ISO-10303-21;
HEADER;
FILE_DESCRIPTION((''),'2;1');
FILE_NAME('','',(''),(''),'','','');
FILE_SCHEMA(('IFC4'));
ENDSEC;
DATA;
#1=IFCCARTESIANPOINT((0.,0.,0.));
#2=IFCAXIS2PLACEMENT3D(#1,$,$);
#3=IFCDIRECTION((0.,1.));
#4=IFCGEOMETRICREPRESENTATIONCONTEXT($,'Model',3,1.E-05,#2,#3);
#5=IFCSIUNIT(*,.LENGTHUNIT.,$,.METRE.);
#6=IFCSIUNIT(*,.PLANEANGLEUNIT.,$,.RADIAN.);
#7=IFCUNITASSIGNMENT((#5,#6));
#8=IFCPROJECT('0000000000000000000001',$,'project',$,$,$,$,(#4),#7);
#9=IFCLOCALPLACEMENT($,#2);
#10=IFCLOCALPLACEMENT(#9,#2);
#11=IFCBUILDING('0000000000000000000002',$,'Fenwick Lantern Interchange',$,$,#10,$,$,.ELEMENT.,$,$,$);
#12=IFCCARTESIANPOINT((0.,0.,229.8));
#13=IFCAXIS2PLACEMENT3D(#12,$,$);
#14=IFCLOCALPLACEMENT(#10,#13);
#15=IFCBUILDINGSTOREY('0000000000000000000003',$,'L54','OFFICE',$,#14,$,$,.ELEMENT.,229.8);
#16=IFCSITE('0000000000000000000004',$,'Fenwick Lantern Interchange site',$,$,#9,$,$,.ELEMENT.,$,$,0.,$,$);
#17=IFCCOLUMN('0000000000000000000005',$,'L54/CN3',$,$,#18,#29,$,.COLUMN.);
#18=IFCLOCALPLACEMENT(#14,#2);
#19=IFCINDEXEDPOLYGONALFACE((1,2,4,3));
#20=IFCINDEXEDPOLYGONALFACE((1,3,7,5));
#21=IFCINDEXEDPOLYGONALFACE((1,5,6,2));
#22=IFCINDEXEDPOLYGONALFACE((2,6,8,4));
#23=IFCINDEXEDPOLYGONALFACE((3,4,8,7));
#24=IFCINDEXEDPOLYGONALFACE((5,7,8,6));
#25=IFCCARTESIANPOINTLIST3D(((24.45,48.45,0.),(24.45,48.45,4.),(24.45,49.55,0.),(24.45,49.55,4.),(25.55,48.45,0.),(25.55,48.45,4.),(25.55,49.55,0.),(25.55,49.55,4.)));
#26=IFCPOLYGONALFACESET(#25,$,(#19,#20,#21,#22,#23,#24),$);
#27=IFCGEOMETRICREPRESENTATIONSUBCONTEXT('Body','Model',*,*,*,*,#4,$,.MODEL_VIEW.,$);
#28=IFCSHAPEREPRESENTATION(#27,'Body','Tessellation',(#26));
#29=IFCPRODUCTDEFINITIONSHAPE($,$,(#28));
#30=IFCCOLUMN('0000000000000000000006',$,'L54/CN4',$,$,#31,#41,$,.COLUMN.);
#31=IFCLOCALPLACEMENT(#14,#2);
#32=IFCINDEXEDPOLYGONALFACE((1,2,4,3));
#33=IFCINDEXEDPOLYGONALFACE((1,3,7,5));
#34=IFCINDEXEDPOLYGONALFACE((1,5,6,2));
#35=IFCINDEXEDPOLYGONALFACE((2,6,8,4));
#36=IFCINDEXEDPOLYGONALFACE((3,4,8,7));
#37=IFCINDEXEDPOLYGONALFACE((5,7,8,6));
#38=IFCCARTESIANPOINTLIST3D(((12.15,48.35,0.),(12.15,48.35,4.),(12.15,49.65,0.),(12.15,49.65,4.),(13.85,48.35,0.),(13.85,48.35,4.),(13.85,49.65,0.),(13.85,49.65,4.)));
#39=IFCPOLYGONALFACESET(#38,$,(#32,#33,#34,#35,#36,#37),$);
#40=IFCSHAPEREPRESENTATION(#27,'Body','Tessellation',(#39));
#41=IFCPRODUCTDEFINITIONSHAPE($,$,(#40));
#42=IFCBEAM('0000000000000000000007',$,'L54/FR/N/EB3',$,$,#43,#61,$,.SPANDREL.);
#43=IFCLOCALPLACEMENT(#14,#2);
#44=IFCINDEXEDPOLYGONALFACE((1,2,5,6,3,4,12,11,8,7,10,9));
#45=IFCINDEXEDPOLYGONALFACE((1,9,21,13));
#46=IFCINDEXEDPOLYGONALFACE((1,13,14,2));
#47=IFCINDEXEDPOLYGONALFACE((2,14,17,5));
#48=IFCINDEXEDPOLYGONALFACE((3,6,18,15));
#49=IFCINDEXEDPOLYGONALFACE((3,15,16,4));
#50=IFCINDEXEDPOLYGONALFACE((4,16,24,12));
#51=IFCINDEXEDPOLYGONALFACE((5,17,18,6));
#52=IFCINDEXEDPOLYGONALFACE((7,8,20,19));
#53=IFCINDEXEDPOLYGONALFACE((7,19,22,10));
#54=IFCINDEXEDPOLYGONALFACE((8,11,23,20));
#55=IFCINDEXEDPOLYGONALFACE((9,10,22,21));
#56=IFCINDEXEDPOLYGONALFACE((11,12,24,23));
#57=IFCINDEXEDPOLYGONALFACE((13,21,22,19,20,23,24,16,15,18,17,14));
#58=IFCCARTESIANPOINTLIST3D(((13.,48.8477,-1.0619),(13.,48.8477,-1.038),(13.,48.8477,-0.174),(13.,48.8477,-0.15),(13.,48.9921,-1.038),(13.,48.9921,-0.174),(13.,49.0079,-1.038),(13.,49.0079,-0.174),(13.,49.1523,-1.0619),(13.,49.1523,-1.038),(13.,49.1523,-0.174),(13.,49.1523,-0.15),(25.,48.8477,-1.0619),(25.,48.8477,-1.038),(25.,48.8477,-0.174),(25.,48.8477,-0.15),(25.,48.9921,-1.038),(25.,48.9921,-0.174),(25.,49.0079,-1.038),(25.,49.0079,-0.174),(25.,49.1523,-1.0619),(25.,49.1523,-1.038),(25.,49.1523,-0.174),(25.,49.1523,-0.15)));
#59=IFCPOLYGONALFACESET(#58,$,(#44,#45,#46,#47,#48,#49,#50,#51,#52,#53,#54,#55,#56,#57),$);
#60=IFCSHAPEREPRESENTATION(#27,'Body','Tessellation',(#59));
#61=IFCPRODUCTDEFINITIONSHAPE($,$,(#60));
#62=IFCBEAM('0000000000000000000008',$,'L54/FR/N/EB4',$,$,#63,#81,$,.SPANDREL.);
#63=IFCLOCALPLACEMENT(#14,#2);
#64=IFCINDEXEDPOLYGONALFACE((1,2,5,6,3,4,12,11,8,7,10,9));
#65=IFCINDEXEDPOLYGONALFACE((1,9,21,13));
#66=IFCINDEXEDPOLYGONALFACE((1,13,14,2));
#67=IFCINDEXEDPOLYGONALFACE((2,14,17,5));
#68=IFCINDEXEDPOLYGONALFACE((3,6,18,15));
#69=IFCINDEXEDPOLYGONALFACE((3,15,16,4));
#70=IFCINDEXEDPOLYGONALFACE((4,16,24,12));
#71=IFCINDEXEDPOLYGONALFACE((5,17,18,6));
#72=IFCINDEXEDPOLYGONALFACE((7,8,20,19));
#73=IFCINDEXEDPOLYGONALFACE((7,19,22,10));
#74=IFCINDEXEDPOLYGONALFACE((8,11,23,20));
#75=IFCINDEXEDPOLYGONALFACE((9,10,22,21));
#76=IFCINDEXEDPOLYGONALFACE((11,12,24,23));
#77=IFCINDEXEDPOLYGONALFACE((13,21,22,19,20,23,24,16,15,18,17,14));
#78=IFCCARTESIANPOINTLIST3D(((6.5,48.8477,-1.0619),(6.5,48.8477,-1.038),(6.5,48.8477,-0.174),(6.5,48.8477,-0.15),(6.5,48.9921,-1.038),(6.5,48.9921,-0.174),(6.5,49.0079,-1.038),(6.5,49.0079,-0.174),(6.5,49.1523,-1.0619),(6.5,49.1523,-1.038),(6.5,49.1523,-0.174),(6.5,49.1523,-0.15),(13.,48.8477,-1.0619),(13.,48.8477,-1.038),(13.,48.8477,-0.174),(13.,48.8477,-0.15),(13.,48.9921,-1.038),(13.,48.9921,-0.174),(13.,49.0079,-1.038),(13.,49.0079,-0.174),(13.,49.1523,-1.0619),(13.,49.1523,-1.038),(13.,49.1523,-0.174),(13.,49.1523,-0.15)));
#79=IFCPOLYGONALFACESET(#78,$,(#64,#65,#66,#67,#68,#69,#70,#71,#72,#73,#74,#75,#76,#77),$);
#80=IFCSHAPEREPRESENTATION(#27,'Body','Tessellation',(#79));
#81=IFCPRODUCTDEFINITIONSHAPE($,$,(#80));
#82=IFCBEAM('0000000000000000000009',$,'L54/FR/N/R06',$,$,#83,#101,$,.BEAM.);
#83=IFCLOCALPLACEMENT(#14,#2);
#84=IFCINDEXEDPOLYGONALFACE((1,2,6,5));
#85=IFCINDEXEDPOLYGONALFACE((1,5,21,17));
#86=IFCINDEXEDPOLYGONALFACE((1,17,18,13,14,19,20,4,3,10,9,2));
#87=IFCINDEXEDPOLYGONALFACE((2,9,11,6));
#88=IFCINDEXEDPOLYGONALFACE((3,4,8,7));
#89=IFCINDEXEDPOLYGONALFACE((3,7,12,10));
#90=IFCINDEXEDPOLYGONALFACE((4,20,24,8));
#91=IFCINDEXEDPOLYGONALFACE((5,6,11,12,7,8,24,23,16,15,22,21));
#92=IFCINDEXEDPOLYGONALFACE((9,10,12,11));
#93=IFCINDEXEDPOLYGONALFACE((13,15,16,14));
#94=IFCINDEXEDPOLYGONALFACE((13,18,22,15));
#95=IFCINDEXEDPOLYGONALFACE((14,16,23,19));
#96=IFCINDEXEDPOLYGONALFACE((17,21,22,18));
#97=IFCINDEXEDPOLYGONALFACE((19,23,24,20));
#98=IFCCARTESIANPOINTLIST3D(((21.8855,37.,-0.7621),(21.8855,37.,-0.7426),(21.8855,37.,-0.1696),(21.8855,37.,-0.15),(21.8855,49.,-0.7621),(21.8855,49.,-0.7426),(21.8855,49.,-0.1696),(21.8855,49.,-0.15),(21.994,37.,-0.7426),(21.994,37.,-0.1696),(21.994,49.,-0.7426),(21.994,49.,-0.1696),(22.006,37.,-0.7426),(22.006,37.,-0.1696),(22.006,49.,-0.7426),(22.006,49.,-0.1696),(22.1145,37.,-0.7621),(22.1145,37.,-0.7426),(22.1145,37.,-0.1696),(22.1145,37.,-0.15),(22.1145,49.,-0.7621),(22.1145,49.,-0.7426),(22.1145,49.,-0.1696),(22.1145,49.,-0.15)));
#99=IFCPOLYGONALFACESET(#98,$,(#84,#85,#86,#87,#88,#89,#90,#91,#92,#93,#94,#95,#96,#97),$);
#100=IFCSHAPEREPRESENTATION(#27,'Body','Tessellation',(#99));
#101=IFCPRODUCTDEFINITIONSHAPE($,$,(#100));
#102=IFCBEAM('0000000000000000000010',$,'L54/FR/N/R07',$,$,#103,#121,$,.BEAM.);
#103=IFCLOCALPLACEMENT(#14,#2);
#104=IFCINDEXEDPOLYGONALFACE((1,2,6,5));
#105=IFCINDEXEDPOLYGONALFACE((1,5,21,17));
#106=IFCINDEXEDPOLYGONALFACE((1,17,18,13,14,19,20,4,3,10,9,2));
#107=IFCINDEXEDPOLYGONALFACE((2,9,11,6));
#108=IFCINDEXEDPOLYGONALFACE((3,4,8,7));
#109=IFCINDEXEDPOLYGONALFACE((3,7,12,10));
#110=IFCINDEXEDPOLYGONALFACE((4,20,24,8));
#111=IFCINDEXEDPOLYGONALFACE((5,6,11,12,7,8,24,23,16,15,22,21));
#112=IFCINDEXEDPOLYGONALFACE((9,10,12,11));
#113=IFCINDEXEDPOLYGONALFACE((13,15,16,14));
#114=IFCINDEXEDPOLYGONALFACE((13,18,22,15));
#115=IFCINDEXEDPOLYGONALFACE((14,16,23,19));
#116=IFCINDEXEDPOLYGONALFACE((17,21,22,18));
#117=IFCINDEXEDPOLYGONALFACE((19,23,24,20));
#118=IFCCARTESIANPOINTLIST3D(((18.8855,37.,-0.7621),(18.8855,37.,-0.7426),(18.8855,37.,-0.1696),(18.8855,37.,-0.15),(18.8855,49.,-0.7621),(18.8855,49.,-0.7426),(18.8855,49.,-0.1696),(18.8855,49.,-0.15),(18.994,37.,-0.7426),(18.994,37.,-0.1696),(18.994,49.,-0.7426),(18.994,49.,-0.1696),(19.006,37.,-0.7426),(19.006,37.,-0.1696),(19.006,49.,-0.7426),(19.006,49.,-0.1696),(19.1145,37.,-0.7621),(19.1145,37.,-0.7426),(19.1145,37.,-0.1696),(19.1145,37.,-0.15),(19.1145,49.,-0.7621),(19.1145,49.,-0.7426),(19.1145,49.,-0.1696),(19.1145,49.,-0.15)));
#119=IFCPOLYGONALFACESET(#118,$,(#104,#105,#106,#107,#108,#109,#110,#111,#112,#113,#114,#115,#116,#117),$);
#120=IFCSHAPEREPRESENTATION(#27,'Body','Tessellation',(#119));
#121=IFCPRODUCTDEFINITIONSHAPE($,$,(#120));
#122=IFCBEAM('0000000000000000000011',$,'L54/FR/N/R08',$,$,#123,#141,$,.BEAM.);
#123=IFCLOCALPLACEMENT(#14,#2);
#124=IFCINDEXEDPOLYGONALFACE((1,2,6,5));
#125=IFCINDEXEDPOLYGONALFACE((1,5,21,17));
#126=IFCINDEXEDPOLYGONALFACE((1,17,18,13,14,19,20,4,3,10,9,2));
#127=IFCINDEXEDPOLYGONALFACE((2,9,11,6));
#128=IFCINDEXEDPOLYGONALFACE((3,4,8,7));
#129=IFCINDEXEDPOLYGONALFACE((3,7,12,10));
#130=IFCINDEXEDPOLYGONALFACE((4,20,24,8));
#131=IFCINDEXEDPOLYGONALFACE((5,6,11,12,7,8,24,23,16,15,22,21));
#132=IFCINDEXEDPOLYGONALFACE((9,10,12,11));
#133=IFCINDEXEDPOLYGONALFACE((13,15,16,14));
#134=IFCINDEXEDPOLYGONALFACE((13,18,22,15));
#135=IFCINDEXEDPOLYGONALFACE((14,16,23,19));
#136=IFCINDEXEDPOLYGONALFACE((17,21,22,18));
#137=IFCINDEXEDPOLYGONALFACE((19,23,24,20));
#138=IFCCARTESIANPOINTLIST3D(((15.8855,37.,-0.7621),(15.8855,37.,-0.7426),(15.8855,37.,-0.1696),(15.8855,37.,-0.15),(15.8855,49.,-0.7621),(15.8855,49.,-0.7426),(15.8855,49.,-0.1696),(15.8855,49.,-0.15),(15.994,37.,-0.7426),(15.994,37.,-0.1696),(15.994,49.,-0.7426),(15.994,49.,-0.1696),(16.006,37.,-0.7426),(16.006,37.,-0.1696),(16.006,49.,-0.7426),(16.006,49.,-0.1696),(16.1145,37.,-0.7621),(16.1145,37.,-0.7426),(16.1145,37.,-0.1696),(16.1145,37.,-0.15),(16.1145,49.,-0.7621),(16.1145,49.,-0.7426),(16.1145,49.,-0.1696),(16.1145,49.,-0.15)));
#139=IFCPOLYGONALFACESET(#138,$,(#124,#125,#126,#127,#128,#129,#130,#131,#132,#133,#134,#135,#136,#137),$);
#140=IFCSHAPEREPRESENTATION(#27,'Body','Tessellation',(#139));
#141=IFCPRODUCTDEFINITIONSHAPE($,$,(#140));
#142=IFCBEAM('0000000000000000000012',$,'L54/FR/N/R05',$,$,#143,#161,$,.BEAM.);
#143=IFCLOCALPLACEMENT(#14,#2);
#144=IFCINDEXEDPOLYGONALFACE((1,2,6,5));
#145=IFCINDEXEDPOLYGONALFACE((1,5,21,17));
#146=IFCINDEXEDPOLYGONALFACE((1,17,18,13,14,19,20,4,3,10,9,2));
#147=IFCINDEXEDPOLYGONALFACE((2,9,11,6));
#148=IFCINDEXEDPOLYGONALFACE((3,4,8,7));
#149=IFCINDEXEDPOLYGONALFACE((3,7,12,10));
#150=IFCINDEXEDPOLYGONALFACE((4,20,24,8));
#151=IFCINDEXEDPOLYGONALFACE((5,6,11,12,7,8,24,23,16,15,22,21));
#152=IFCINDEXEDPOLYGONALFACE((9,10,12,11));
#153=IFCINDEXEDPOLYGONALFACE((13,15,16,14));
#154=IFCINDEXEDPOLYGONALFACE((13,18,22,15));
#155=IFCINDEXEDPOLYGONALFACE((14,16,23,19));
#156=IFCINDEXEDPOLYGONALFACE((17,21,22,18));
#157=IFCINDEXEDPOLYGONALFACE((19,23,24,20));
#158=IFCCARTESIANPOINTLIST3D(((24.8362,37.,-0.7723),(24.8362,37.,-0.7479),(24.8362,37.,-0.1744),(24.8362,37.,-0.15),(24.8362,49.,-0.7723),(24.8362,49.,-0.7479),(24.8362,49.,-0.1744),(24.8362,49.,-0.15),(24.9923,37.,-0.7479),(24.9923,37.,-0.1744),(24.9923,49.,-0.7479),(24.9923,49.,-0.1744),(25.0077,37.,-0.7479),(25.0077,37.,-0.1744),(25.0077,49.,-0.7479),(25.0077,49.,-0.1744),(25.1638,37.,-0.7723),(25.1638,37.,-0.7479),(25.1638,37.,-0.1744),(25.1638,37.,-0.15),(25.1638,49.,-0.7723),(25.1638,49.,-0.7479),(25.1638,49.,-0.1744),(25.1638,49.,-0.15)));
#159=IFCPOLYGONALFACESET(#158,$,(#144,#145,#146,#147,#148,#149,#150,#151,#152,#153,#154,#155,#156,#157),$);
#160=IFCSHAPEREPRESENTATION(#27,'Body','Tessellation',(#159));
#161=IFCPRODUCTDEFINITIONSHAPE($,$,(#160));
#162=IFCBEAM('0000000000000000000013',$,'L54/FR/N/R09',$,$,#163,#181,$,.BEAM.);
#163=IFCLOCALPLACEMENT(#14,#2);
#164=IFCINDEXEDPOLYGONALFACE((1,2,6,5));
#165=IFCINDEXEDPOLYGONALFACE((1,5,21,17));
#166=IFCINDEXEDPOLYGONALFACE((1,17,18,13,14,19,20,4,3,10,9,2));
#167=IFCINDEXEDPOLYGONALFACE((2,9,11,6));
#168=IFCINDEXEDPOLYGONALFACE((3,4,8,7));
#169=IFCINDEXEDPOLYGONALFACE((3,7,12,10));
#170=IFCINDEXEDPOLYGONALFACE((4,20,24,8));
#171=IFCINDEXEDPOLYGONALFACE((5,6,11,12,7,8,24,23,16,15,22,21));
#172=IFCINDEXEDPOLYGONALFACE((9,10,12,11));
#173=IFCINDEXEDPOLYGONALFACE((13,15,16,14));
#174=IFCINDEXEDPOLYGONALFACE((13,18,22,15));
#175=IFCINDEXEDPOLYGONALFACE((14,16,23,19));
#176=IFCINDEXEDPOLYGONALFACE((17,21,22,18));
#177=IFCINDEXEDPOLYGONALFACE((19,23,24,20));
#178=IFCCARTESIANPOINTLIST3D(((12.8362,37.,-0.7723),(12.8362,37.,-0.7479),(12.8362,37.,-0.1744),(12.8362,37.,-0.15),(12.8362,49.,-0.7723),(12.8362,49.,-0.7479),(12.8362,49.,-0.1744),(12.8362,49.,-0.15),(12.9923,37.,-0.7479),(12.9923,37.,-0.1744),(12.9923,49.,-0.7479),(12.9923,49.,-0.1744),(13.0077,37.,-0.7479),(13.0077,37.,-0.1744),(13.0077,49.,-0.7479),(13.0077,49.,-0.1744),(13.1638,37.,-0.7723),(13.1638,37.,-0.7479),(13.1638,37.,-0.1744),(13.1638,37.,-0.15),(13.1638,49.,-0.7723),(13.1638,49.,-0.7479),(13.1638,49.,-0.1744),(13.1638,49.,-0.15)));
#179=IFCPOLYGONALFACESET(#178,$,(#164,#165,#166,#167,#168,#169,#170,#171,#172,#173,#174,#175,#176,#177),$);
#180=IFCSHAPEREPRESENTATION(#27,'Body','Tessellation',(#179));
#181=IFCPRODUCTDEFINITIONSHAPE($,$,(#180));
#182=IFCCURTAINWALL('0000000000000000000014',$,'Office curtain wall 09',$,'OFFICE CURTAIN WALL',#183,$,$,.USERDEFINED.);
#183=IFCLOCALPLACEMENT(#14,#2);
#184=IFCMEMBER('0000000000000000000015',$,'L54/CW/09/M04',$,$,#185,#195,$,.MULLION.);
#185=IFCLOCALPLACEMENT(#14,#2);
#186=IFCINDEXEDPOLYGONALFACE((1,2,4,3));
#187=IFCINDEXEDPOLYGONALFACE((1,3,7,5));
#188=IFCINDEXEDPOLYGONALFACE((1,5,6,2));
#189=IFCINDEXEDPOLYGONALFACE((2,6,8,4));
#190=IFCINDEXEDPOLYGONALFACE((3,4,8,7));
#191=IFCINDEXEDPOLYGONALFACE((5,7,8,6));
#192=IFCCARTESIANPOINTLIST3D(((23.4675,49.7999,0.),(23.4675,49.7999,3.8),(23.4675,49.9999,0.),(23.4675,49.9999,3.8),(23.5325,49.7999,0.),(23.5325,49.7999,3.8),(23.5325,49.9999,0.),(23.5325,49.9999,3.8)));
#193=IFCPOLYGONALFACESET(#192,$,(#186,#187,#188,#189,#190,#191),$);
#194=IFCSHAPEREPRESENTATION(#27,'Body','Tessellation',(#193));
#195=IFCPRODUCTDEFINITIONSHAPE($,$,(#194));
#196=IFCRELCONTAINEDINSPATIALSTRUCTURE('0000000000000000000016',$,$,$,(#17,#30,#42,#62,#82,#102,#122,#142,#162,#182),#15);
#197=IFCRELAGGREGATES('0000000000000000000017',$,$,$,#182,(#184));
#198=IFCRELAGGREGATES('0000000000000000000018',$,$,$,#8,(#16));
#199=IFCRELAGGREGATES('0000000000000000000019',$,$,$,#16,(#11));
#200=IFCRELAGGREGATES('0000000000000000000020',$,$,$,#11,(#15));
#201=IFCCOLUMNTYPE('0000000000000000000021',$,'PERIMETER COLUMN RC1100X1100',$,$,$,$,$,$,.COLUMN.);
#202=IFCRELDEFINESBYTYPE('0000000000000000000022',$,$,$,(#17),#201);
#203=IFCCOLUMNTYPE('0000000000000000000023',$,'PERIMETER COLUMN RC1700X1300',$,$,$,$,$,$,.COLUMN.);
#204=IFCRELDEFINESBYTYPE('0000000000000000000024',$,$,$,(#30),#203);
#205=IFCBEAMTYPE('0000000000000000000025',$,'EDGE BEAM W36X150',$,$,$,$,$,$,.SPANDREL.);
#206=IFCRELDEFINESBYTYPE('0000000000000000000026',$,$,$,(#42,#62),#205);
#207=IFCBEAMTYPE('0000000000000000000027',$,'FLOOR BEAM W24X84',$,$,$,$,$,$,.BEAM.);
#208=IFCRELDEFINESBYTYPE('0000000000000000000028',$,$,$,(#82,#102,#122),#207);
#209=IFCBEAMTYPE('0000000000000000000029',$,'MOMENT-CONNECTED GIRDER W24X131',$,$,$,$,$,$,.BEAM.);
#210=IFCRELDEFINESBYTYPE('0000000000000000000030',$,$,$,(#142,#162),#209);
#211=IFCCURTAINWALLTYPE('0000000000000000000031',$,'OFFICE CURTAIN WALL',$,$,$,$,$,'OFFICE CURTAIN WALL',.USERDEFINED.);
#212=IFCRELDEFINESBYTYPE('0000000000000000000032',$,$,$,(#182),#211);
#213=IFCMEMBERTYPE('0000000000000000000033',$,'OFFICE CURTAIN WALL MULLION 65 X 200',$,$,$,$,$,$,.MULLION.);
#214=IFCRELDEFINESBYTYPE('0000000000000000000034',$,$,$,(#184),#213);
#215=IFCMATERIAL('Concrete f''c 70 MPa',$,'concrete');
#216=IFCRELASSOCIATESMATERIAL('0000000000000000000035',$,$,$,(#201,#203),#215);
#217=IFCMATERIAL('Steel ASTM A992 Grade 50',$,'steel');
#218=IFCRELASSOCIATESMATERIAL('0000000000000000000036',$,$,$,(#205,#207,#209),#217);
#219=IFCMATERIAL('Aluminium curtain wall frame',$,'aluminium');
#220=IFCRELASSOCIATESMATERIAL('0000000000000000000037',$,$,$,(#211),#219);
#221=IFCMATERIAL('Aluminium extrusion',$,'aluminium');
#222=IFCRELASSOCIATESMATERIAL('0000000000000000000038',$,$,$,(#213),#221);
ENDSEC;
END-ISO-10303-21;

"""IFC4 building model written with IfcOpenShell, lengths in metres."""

from ifc_helpers import new_model, si_unit, direction, frame, origin, origin_2d, place, context, subcontext, project, spatial, rectangle, i_section, extrude, material, material_profile, profile_set, type_object, element, aggregate, save


model = new_model("IFC4")

# Units and contexts
model_context = context("Model", 3, precision=1e-05, world=origin(), true_north=direction((0.0, 1.0)))
body_context = subcontext(model_context, "Body", "Model", "MODEL_VIEW")
ifc_project = project(units=[si_unit("LENGTHUNIT", "METRE"), si_unit("PLANEANGLEUNIT", "RADIAN")], contexts=[model_context])

# Site, building, storey
site_placement = place(None, origin())
site = spatial("IfcSite", under=ifc_project, at=site_placement, Name="Fenwick Lantern Interchange site", CompositionType="ELEMENT", RefElevation=0.0)
building_placement = place(site_placement, origin())
building = spatial("IfcBuilding", under=site, at=building_placement, Name="Fenwick Lantern Interchange", CompositionType="ELEMENT")
storey_placement = place(building_placement, frame((0.0, 0.0, 229.8)))
storey = spatial("IfcBuildingStorey", under=building, at=storey_placement, Name="L54", Description="OFFICE", CompositionType="ELEMENT", Elevation=229.8)

# Columns
ifc_material_1 = material(Name="Concrete f'c 70 MPa", Category="concrete")
ifc_material_profile_1 = material_profile(ifc_material_1, rectangle(XDim=1.1001, YDim=1.1001, at=origin_2d()), Name="RC1100X1100")
ifc_profile_set_1 = profile_set([ifc_material_profile_1], Name="Concrete f'c 70 MPa")
column_type_1 = type_object("IfcColumnType", Name="PERIMETER COLUMN RC1100X1100", PredefinedType="COLUMN", material=ifc_profile_set_1)
column_1_placement = place(storey_placement, frame((25.0, 49.0, 0.0), z_axis=(0.0, 0.0, 1.0), x_axis=(1.0, 0.0, 0.0)))
element("IfcColumn", 1, at=column_1_placement, inside=storey, type_object=column_type_1, Name="L54/CN3", PredefinedType="COLUMN", context=body_context, shape_type="SweptSolid", body=[
    extrude(rectangle(XDim=1.1001, YDim=1.1001, at=origin_2d()), origin(), (0.0, 0.0, 1.0), 4.0),
])
ifc_material_profile_2 = material_profile(ifc_material_1, rectangle(XDim=1.7, YDim=1.3, at=origin_2d()), Name="RC1700X1300")
ifc_profile_set_2 = profile_set([ifc_material_profile_2], Name="Concrete f'c 70 MPa")
column_type_2 = type_object("IfcColumnType", Name="PERIMETER COLUMN RC1700X1300", PredefinedType="COLUMN", material=ifc_profile_set_2)
column_2_placement = place(storey_placement, frame((13.0, 49.0, 0.0), z_axis=(0.0, 0.0, 1.0), x_axis=(1.0, 0.0, 0.0)))
element("IfcColumn", 2, at=column_2_placement, inside=storey, type_object=column_type_2, Name="L54/CN4", PredefinedType="COLUMN", context=body_context, shape_type="SweptSolid", body=[
    extrude(rectangle(XDim=1.7, YDim=1.3, at=origin_2d()), origin(), (0.0, 0.0, 1.0), 4.0),
])

# Beams
ifc_material_2 = material(Name="Steel ASTM A992 Grade 50", Category="steel")
ifc_material_profile_3 = material_profile(ifc_material_2, i_section(OverallWidth=0.3047, OverallDepth=0.9119, WebThickness=0.0159, FlangeThickness=0.0239, at=origin_2d()), Name="W36X150")
ifc_profile_set_3 = profile_set([ifc_material_profile_3], Name="Steel ASTM A992 Grade 50")
beam_type_1 = type_object("IfcBeamType", Name="EDGE BEAM W36X150", PredefinedType="SPANDREL", material=ifc_profile_set_3)
beam_1_placement = place(storey_placement, frame((25.0, 49.0, -0.606), z_axis=(-1.0, 0.0, 0.0), x_axis=(0.0, -1.0, 0.0)))
element("IfcBeam", 3, at=beam_1_placement, inside=storey, type_object=beam_type_1, Name="L54/FR/N/EB3", PredefinedType="SPANDREL", context=body_context, shape_type="SweptSolid", body=[
    extrude(i_section(OverallWidth=0.3047, OverallDepth=0.9119, WebThickness=0.0159, FlangeThickness=0.0239, at=origin_2d()), origin(), (0.0, 0.0, 1.0), 12.0),
])
beam_2_placement = place(storey_placement, frame((13.0, 49.0, -0.606), z_axis=(-1.0, 0.0, 0.0), x_axis=(0.0, -1.0, 0.0)))
element("IfcBeam", 4, at=beam_2_placement, inside=storey, type_object=beam_type_1, Name="L54/FR/N/EB4", PredefinedType="SPANDREL", context=body_context, shape_type="SweptSolid", body=[
    extrude(i_section(OverallWidth=0.3047, OverallDepth=0.9119, WebThickness=0.0159, FlangeThickness=0.0239, at=origin_2d()), origin(), (0.0, 0.0, 1.0), 6.5),
])
ifc_material_profile_4 = material_profile(ifc_material_2, i_section(OverallWidth=0.229, OverallDepth=0.6121, WebThickness=0.012, FlangeThickness=0.0195, at=origin_2d()), Name="W24X84")
ifc_profile_set_4 = profile_set([ifc_material_profile_4], Name="Steel ASTM A992 Grade 50")
beam_type_2 = type_object("IfcBeamType", Name="FLOOR BEAM W24X84", PredefinedType="BEAM", material=ifc_profile_set_4)
for number, where, z_axis, x_axis, name in (
    (5, (22.0, 49.0, -0.4561), (0.0, -1.0, 0.0), (1.0, 0.0, 0.0), "L54/FR/N/R06"),
    (6, (19.0, 49.0, -0.4561), (0.0, -1.0, 0.0), (1.0, 0.0, 0.0), "L54/FR/N/R07"),
    (7, (16.0, 49.0, -0.4561), (0.0, -1.0, 0.0), (1.0, 0.0, 0.0), "L54/FR/N/R08"),
):
    element("IfcBeam", number, at=place(storey_placement, frame(where, z_axis=z_axis, x_axis=x_axis)), inside=storey, type_object=beam_type_2, Name=name, PredefinedType="BEAM", context=body_context, shape_type="SweptSolid", body=[
        extrude(i_section(OverallWidth=0.229, OverallDepth=0.6121, WebThickness=0.012, FlangeThickness=0.0195, at=origin_2d()), origin(), (0.0, 0.0, 1.0), 12.0),
    ])
ifc_material_profile_5 = material_profile(ifc_material_2, i_section(OverallWidth=0.3276, OverallDepth=0.6223, WebThickness=0.0154, FlangeThickness=0.0244, at=origin_2d()), Name="W24X131")
ifc_profile_set_5 = profile_set([ifc_material_profile_5], Name="Steel ASTM A992 Grade 50")
beam_type_3 = type_object("IfcBeamType", Name="MOMENT-CONNECTED GIRDER W24X131", PredefinedType="BEAM", material=ifc_profile_set_5)
for number, where, z_axis, x_axis, name in (
    (8, (25.0, 49.0, -0.4612), (0.0, -1.0, 0.0), (1.0, 0.0, 0.0), "L54/FR/N/R05"),
    (9, (13.0, 49.0, -0.4612), (0.0, -1.0, 0.0), (1.0, 0.0, 0.0), "L54/FR/N/R09"),
):
    element("IfcBeam", number, at=place(storey_placement, frame(where, z_axis=z_axis, x_axis=x_axis)), inside=storey, type_object=beam_type_3, Name=name, PredefinedType="BEAM", context=body_context, shape_type="SweptSolid", body=[
        extrude(i_section(OverallWidth=0.3276, OverallDepth=0.6223, WebThickness=0.0154, FlangeThickness=0.0244, at=origin_2d()), origin(), (0.0, 0.0, 1.0), 12.0),
    ])

# Curtain wall, member
ifc_material_3 = material(Name="Aluminium curtain wall frame", Category="aluminium")
curtain_wall_type = type_object("IfcCurtainWallType", Name="OFFICE CURTAIN WALL", ElementType="OFFICE CURTAIN WALL", PredefinedType="USERDEFINED", material=ifc_material_3)
curtain_wall_placement = place(storey_placement, origin())
curtain_wall = element("IfcCurtainWall", 10, at=curtain_wall_placement, inside=storey, type_object=curtain_wall_type, Name="Office curtain wall 09", ObjectType="OFFICE CURTAIN WALL", PredefinedType="USERDEFINED")
ifc_material_4 = material(Name="Aluminium extrusion", Category="aluminium")
ifc_material_profile_6 = material_profile(ifc_material_4, rectangle(XDim=0.2, YDim=0.0649, at=origin_2d()), Name="OFFICE CURTAIN WALL MULLION 65 X 200")
ifc_profile_set_6 = profile_set([ifc_material_profile_6], Name="Aluminium extrusion")
member_type_1 = type_object("IfcMemberType", Name="OFFICE CURTAIN WALL MULLION 65 X 200", PredefinedType="MULLION", material=ifc_profile_set_6)
member_1_placement = place(storey_placement, frame((23.5, 49.8999, 0.0), z_axis=(0.0, 0.0, 1.0), x_axis=(0.0, -1.0, 0.0)))
member_1 = element("IfcMember", 11, at=member_1_placement, type_object=member_type_1, Name="L54/CW/09/M04", PredefinedType="MULLION", context=body_context, shape_type="SweptSolid", body=[
    extrude(rectangle(XDim=0.2, YDim=0.0649, at=origin_2d()), origin(), (0.0, 0.0, 1.0), 3.8),
])
aggregate(curtain_wall, [member_1])

save(model, "model.ifc")
